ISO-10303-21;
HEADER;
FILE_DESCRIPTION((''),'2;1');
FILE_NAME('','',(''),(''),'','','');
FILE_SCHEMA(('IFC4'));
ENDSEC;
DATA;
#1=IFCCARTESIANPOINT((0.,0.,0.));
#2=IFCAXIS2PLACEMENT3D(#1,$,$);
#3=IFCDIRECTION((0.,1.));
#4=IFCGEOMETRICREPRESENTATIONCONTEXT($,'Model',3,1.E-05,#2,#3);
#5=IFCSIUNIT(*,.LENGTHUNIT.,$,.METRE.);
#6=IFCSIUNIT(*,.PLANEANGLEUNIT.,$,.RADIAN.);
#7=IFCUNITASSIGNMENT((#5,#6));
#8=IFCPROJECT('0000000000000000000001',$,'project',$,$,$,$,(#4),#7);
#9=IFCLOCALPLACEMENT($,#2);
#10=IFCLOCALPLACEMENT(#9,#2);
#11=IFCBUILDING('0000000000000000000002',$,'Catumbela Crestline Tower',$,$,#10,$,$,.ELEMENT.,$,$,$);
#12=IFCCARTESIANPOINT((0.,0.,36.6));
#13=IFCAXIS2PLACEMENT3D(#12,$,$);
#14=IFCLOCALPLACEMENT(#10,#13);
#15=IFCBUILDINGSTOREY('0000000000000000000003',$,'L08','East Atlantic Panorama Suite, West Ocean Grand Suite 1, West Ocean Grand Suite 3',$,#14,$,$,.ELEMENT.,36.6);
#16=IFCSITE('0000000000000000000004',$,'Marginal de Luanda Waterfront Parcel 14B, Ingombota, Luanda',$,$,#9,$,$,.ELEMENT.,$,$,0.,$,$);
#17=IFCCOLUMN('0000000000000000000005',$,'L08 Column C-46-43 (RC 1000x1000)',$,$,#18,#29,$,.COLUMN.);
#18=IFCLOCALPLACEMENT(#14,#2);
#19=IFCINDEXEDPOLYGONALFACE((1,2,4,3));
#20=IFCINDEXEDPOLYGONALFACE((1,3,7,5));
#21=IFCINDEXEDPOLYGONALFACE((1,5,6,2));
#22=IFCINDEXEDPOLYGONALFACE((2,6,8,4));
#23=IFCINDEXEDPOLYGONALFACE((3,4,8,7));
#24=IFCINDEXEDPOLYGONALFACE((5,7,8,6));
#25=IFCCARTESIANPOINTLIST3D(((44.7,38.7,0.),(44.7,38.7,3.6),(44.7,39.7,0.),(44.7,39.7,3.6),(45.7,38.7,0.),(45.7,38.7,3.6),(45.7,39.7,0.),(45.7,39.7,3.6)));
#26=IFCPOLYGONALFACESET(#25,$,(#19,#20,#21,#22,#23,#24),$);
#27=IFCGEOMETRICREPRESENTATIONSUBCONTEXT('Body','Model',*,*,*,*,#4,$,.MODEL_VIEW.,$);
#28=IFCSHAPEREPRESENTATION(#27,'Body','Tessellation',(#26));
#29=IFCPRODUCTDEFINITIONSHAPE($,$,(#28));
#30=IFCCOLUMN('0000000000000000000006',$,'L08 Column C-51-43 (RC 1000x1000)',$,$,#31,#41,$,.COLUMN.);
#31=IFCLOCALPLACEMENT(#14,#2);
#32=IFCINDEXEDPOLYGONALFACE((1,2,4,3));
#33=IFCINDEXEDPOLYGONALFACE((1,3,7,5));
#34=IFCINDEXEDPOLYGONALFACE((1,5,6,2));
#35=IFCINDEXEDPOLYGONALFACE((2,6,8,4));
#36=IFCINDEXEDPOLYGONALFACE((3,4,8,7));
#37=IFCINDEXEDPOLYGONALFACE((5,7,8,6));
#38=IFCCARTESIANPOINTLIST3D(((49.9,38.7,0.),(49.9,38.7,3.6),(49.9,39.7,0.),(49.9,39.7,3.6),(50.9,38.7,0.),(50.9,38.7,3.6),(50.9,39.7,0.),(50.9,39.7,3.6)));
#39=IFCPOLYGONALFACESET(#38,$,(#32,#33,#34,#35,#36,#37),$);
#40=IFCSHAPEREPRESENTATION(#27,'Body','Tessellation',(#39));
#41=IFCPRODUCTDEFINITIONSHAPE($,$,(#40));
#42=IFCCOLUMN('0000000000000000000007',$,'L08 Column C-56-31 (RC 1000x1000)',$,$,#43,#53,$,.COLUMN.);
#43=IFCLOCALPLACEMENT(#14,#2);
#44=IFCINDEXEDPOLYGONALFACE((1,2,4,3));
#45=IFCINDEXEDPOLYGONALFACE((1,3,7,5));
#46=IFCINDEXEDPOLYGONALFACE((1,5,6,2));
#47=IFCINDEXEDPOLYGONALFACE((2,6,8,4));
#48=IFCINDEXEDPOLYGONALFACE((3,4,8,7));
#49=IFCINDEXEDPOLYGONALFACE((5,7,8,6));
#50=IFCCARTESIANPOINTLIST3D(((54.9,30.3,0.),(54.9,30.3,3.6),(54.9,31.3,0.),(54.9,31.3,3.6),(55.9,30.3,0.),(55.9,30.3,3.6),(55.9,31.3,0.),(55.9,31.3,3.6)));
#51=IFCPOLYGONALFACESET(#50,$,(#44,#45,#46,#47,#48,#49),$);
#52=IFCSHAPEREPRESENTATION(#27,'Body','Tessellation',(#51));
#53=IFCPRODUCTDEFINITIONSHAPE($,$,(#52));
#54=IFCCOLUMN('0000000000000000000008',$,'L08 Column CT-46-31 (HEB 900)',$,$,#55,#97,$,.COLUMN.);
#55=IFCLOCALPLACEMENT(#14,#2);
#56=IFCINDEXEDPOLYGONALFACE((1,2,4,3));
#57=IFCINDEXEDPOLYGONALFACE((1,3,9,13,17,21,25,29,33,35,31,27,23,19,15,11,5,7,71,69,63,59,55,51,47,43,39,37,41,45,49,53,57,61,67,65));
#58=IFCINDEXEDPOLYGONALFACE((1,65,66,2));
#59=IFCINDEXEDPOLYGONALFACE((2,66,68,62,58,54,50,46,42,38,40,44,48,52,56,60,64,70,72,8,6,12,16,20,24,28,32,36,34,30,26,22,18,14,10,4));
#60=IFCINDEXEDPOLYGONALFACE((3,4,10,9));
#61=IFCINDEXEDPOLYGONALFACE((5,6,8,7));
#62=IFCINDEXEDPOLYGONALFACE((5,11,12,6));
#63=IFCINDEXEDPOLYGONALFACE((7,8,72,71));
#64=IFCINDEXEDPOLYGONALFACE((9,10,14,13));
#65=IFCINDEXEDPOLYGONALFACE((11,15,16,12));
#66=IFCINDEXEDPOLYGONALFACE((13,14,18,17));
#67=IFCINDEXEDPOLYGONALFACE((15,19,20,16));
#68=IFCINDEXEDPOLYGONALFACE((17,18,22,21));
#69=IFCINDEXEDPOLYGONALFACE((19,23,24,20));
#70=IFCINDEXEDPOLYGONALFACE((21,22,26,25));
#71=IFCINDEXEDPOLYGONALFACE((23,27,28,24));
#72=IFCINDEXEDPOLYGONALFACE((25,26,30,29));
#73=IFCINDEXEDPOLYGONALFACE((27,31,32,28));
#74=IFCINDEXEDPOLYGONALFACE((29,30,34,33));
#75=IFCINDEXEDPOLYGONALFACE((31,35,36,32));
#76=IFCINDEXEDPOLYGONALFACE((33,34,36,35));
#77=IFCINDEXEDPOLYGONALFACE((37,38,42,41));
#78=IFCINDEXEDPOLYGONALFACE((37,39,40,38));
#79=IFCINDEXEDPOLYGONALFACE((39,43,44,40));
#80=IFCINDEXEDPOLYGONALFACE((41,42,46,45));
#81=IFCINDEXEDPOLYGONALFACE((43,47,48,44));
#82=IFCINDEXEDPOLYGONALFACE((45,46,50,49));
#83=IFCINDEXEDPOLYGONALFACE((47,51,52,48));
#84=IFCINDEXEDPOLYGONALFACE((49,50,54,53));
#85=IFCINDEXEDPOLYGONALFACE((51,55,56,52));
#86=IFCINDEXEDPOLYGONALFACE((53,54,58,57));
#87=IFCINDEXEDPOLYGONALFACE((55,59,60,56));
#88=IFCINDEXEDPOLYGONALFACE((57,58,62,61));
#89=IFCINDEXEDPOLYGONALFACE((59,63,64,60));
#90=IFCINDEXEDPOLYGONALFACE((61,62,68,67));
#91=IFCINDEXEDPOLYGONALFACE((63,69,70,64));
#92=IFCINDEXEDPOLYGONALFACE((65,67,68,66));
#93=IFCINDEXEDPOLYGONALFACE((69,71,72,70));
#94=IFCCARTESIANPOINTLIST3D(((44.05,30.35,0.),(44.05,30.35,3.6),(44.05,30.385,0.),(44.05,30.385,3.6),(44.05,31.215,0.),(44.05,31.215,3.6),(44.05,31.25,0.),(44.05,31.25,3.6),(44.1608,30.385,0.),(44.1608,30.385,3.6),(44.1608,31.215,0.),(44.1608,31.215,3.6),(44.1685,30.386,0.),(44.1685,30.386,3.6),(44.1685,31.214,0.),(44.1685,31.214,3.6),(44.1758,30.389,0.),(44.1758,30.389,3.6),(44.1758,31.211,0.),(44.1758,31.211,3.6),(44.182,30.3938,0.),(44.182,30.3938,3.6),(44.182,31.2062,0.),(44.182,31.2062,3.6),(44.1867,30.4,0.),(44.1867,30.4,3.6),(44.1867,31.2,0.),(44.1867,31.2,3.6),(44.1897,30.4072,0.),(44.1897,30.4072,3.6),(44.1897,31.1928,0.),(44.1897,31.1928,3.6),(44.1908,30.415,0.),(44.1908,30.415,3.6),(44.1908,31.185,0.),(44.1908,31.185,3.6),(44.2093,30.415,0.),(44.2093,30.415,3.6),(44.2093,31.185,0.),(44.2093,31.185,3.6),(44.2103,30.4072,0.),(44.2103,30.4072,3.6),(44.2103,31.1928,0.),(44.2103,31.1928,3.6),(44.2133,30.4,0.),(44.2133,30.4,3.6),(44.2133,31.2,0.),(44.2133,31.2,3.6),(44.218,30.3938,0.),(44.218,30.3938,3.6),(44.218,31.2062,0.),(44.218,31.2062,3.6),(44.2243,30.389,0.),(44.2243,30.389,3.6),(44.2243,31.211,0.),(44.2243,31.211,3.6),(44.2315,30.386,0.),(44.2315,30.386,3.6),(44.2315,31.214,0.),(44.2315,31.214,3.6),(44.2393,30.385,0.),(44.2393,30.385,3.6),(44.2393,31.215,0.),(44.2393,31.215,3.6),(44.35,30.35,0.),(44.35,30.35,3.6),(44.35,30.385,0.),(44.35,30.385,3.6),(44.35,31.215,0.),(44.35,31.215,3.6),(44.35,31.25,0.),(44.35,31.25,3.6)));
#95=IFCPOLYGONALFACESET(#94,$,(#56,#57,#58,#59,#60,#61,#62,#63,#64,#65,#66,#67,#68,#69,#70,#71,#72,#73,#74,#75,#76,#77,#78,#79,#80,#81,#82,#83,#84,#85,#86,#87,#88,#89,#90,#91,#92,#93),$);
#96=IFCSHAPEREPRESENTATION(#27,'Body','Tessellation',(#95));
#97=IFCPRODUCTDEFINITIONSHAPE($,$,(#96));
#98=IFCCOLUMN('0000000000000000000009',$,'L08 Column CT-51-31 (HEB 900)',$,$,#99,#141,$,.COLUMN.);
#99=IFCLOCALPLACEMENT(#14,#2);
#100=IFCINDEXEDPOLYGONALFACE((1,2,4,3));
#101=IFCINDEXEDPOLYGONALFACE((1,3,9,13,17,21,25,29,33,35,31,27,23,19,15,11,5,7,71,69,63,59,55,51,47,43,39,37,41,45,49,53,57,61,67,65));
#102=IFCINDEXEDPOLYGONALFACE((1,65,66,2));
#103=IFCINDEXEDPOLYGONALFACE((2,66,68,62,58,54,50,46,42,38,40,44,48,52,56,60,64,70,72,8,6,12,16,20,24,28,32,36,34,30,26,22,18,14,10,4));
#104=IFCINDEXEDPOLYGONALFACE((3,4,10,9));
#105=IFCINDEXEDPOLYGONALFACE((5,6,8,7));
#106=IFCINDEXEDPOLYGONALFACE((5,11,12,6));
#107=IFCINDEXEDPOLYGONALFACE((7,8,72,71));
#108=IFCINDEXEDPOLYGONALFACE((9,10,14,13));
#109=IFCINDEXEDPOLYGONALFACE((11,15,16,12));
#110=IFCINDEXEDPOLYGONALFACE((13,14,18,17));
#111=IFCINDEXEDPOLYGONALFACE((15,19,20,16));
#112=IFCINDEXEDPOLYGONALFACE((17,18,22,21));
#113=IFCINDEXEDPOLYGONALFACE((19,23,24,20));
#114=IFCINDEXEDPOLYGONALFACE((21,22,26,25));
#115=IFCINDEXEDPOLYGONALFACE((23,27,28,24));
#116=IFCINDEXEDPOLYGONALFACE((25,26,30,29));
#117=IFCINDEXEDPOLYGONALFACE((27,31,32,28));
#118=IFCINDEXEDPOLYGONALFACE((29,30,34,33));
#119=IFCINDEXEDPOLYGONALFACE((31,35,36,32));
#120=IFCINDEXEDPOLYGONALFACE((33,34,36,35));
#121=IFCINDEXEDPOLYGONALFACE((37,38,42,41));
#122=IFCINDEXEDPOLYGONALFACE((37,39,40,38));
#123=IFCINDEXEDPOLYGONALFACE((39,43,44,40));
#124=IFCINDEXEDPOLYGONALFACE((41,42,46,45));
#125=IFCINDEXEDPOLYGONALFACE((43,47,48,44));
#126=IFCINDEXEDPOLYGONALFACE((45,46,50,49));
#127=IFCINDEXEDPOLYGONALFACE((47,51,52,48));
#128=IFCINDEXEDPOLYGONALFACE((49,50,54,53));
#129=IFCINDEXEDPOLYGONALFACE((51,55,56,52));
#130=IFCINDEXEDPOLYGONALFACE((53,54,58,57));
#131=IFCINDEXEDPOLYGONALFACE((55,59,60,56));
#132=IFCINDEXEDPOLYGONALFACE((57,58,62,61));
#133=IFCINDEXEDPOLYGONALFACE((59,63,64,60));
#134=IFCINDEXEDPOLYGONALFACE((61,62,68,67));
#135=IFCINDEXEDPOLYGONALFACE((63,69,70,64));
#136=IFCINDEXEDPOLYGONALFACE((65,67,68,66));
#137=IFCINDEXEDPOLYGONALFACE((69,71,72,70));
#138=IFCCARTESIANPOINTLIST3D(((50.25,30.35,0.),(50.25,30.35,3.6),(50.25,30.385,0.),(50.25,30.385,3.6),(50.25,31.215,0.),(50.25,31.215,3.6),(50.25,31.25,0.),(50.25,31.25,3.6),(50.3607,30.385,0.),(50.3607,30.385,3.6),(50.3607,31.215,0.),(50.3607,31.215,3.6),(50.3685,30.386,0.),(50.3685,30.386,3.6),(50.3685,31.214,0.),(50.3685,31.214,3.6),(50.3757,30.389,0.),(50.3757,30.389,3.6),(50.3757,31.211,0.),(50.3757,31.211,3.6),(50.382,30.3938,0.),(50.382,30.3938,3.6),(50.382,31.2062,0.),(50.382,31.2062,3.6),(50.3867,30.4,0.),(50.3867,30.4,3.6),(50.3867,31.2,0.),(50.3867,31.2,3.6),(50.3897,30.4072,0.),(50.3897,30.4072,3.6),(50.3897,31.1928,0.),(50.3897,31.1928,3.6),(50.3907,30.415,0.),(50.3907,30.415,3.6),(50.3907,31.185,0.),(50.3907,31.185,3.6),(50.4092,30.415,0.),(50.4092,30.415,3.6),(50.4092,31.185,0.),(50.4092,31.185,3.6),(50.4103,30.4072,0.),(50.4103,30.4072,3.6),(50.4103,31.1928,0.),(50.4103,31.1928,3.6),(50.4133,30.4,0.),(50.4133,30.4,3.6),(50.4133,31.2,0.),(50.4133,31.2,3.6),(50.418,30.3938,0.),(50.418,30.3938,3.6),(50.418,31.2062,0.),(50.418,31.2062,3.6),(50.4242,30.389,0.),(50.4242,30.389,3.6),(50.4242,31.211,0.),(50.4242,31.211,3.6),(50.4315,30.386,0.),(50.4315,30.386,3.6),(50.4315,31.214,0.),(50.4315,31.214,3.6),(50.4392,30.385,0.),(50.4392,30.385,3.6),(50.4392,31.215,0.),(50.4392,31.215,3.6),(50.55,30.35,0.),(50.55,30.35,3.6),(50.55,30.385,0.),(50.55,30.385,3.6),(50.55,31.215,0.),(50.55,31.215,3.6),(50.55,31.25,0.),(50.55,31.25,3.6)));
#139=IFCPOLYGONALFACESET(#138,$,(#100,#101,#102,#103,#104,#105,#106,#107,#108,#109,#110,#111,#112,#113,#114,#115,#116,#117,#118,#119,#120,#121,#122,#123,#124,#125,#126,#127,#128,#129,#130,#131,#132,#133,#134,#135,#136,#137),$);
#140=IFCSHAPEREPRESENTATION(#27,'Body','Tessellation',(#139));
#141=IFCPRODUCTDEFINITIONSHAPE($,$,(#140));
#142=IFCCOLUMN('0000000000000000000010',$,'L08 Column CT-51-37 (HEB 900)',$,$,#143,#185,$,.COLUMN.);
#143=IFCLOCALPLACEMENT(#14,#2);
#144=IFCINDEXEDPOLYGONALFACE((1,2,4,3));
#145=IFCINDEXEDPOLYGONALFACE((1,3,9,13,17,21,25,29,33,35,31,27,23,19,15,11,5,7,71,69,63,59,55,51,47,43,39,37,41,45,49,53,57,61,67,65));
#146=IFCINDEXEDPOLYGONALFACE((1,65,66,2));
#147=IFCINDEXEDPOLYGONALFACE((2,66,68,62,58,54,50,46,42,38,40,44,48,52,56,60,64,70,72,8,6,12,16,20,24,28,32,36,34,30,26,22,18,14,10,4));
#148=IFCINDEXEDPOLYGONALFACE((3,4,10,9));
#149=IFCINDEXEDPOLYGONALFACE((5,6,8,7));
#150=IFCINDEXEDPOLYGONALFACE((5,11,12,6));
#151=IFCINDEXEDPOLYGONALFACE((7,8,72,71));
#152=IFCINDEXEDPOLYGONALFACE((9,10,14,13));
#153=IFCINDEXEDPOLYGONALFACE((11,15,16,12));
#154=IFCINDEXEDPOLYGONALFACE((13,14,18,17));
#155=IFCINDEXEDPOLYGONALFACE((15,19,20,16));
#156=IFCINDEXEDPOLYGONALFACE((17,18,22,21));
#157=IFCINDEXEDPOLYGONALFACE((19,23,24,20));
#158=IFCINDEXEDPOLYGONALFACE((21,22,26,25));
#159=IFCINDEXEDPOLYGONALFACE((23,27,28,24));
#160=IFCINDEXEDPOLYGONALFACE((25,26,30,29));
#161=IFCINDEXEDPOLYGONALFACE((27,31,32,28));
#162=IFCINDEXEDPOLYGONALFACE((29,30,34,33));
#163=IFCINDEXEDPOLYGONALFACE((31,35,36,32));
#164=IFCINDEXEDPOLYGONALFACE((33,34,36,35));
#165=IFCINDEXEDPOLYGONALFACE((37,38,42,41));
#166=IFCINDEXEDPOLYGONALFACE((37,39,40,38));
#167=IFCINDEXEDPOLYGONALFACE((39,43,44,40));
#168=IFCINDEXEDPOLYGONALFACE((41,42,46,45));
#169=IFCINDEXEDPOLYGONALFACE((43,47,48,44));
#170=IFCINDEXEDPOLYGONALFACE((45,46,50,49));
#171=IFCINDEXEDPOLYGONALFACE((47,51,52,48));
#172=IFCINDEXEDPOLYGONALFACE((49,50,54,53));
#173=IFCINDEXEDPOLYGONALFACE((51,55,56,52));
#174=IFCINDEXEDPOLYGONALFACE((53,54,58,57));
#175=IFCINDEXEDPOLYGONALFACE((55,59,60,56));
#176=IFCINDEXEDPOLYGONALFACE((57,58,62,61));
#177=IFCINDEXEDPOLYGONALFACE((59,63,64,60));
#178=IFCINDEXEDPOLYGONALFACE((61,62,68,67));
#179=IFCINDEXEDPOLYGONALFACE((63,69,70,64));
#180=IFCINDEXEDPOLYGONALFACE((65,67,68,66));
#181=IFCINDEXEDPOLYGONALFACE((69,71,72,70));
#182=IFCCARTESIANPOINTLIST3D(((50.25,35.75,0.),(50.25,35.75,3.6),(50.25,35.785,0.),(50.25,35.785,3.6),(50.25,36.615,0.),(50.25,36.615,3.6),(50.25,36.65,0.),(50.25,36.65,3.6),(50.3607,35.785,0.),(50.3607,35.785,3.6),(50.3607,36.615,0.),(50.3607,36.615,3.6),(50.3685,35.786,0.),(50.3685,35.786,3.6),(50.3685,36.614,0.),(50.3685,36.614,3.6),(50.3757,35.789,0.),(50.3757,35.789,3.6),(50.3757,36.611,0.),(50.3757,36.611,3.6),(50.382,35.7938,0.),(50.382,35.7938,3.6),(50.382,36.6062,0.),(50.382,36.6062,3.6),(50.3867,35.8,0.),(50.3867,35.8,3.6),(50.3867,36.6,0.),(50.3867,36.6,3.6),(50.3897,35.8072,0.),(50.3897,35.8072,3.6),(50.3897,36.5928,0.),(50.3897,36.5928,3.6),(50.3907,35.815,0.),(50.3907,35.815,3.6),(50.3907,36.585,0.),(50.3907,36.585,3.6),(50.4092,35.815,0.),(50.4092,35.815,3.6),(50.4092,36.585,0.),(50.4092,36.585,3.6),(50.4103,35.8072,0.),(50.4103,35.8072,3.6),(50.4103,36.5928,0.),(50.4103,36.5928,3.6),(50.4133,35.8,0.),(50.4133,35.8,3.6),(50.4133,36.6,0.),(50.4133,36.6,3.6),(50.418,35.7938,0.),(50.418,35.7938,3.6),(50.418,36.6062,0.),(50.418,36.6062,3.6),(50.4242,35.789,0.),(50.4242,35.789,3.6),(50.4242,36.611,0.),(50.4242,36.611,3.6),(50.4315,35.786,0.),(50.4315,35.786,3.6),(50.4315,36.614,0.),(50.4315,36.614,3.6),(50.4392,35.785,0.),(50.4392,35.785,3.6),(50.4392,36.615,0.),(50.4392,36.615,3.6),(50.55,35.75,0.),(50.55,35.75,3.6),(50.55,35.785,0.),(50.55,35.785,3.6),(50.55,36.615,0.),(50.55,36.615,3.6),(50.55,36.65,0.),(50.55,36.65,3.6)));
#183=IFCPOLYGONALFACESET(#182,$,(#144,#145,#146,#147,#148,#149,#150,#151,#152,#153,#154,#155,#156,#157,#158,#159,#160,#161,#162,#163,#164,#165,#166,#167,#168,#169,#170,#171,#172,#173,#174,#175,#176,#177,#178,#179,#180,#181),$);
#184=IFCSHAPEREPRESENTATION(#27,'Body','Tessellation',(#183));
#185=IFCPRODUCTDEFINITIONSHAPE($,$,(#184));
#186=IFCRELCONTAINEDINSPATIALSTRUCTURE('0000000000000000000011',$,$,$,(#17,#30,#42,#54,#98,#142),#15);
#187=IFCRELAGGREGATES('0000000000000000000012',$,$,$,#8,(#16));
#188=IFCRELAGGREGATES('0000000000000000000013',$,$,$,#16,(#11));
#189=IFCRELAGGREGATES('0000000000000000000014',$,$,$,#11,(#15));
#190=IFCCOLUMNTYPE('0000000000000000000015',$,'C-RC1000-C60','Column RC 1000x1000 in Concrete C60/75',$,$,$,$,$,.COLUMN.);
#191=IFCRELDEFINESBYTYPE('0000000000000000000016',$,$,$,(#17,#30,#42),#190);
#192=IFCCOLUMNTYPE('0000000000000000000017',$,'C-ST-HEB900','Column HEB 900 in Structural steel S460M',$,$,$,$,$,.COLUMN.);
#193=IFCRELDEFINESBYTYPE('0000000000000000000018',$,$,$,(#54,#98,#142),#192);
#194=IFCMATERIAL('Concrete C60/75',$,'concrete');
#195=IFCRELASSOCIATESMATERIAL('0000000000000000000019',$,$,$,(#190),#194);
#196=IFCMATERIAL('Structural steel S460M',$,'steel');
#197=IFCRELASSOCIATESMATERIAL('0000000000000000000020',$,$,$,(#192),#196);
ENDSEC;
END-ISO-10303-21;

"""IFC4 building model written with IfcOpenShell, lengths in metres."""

from ifc_helpers import new_model, si_unit, direction, frame, origin, origin_2d, place, context, subcontext, project, spatial, rectangle, i_section, extrude, material, material_profile, profile_set, type_object, element, save


model = new_model("IFC4")

# Units and contexts
model_context = context("Model", 3, precision=1e-05, world=origin(), true_north=direction((0.0, 1.0)))
body_context = subcontext(model_context, "Body", "Model", "MODEL_VIEW")
ifc_project = project(units=[si_unit("LENGTHUNIT", "METRE"), si_unit("PLANEANGLEUNIT", "RADIAN")], contexts=[model_context])

# Site, building, storey
site_placement = place(None, origin())
site = spatial("IfcSite", under=ifc_project, at=site_placement, Name="Marginal de Luanda Waterfront Parcel 14B, Ingombota, Luanda", CompositionType="ELEMENT", RefElevation=0.0)
building_placement = place(site_placement, origin())
building = spatial("IfcBuilding", under=site, at=building_placement, Name="Catumbela Crestline Tower", CompositionType="ELEMENT")
storey_placement = place(building_placement, frame((0.0, 0.0, 36.6)))
storey = spatial("IfcBuildingStorey", under=building, at=storey_placement, Name="L08", Description="East Atlantic Panorama Suite, West Ocean Grand Suite 1, West Ocean Grand Suite 3", CompositionType="ELEMENT", Elevation=36.6)

# Columns
ifc_material_1 = material(Name="Concrete C60/75", Category="concrete")
ifc_material_profile_1 = material_profile(ifc_material_1, rectangle(XDim=1.0, YDim=1.0, at=origin_2d()), Name="RC 1000x1000")
ifc_profile_set_1 = profile_set([ifc_material_profile_1], Name="Concrete C60/75")
column_type_1 = type_object("IfcColumnType", Name="C-RC1000-C60", Description="Column RC 1000x1000 in Concrete C60/75", PredefinedType="COLUMN", material=ifc_profile_set_1)
for number, where, z_axis, x_axis, name in (
    (1, (45.2, 39.2, 0.0), (0.0, 0.0, 1.0), (1.0, 0.0, 0.0), "L08 Column C-46-43 (RC 1000x1000)"),
    (2, (50.4, 39.2, 0.0), (0.0, 0.0, 1.0), (1.0, 0.0, 0.0), "L08 Column C-51-43 (RC 1000x1000)"),
    (3, (55.4, 30.8, 0.0), (0.0, 0.0, 1.0), (1.0, 0.0, 0.0), "L08 Column C-56-31 (RC 1000x1000)"),
):
    element("IfcColumn", number, at=place(storey_placement, frame(where, z_axis=z_axis, x_axis=x_axis)), inside=storey, type_object=column_type_1, Name=name, PredefinedType="COLUMN", context=body_context, shape_type="SweptSolid", body=[
        extrude(rectangle(XDim=1.0, YDim=1.0, at=origin_2d()), origin(), (0.0, 0.0, 1.0), 3.6),
    ])
ifc_material_2 = material(Name="Structural steel S460M", Category="steel")
ifc_material_profile_2 = material_profile(ifc_material_2, i_section(OverallWidth=0.3, OverallDepth=0.9, WebThickness=0.0185, FlangeThickness=0.035, FilletRadius=0.03, at=origin_2d()), Name="HEB 900")
ifc_profile_set_2 = profile_set([ifc_material_profile_2], Name="Structural steel S460M")
column_type_2 = type_object("IfcColumnType", Name="C-ST-HEB900", Description="Column HEB 900 in Structural steel S460M", PredefinedType="COLUMN", material=ifc_profile_set_2)
for number, where, z_axis, x_axis, name in (
    (4, (44.2, 30.8, 0.0), (0.0, 0.0, 1.0), (1.0, 0.0, 0.0), "L08 Column CT-46-31 (HEB 900)"),
    (5, (50.4, 30.8, 0.0), (0.0, 0.0, 1.0), (1.0, 0.0, 0.0), "L08 Column CT-51-31 (HEB 900)"),
    (6, (50.4, 36.2, 0.0), (0.0, 0.0, 1.0), (1.0, 0.0, 0.0), "L08 Column CT-51-37 (HEB 900)"),
):
    element("IfcColumn", number, at=place(storey_placement, frame(where, z_axis=z_axis, x_axis=x_axis)), inside=storey, type_object=column_type_2, Name=name, PredefinedType="COLUMN", context=body_context, shape_type="SweptSolid", body=[
        extrude(i_section(OverallWidth=0.3, OverallDepth=0.9, WebThickness=0.0185, FlangeThickness=0.035, FilletRadius=0.03, at=origin_2d()), origin(), (0.0, 0.0, 1.0), 3.6),
    ])

save(model, "model.ifc")
